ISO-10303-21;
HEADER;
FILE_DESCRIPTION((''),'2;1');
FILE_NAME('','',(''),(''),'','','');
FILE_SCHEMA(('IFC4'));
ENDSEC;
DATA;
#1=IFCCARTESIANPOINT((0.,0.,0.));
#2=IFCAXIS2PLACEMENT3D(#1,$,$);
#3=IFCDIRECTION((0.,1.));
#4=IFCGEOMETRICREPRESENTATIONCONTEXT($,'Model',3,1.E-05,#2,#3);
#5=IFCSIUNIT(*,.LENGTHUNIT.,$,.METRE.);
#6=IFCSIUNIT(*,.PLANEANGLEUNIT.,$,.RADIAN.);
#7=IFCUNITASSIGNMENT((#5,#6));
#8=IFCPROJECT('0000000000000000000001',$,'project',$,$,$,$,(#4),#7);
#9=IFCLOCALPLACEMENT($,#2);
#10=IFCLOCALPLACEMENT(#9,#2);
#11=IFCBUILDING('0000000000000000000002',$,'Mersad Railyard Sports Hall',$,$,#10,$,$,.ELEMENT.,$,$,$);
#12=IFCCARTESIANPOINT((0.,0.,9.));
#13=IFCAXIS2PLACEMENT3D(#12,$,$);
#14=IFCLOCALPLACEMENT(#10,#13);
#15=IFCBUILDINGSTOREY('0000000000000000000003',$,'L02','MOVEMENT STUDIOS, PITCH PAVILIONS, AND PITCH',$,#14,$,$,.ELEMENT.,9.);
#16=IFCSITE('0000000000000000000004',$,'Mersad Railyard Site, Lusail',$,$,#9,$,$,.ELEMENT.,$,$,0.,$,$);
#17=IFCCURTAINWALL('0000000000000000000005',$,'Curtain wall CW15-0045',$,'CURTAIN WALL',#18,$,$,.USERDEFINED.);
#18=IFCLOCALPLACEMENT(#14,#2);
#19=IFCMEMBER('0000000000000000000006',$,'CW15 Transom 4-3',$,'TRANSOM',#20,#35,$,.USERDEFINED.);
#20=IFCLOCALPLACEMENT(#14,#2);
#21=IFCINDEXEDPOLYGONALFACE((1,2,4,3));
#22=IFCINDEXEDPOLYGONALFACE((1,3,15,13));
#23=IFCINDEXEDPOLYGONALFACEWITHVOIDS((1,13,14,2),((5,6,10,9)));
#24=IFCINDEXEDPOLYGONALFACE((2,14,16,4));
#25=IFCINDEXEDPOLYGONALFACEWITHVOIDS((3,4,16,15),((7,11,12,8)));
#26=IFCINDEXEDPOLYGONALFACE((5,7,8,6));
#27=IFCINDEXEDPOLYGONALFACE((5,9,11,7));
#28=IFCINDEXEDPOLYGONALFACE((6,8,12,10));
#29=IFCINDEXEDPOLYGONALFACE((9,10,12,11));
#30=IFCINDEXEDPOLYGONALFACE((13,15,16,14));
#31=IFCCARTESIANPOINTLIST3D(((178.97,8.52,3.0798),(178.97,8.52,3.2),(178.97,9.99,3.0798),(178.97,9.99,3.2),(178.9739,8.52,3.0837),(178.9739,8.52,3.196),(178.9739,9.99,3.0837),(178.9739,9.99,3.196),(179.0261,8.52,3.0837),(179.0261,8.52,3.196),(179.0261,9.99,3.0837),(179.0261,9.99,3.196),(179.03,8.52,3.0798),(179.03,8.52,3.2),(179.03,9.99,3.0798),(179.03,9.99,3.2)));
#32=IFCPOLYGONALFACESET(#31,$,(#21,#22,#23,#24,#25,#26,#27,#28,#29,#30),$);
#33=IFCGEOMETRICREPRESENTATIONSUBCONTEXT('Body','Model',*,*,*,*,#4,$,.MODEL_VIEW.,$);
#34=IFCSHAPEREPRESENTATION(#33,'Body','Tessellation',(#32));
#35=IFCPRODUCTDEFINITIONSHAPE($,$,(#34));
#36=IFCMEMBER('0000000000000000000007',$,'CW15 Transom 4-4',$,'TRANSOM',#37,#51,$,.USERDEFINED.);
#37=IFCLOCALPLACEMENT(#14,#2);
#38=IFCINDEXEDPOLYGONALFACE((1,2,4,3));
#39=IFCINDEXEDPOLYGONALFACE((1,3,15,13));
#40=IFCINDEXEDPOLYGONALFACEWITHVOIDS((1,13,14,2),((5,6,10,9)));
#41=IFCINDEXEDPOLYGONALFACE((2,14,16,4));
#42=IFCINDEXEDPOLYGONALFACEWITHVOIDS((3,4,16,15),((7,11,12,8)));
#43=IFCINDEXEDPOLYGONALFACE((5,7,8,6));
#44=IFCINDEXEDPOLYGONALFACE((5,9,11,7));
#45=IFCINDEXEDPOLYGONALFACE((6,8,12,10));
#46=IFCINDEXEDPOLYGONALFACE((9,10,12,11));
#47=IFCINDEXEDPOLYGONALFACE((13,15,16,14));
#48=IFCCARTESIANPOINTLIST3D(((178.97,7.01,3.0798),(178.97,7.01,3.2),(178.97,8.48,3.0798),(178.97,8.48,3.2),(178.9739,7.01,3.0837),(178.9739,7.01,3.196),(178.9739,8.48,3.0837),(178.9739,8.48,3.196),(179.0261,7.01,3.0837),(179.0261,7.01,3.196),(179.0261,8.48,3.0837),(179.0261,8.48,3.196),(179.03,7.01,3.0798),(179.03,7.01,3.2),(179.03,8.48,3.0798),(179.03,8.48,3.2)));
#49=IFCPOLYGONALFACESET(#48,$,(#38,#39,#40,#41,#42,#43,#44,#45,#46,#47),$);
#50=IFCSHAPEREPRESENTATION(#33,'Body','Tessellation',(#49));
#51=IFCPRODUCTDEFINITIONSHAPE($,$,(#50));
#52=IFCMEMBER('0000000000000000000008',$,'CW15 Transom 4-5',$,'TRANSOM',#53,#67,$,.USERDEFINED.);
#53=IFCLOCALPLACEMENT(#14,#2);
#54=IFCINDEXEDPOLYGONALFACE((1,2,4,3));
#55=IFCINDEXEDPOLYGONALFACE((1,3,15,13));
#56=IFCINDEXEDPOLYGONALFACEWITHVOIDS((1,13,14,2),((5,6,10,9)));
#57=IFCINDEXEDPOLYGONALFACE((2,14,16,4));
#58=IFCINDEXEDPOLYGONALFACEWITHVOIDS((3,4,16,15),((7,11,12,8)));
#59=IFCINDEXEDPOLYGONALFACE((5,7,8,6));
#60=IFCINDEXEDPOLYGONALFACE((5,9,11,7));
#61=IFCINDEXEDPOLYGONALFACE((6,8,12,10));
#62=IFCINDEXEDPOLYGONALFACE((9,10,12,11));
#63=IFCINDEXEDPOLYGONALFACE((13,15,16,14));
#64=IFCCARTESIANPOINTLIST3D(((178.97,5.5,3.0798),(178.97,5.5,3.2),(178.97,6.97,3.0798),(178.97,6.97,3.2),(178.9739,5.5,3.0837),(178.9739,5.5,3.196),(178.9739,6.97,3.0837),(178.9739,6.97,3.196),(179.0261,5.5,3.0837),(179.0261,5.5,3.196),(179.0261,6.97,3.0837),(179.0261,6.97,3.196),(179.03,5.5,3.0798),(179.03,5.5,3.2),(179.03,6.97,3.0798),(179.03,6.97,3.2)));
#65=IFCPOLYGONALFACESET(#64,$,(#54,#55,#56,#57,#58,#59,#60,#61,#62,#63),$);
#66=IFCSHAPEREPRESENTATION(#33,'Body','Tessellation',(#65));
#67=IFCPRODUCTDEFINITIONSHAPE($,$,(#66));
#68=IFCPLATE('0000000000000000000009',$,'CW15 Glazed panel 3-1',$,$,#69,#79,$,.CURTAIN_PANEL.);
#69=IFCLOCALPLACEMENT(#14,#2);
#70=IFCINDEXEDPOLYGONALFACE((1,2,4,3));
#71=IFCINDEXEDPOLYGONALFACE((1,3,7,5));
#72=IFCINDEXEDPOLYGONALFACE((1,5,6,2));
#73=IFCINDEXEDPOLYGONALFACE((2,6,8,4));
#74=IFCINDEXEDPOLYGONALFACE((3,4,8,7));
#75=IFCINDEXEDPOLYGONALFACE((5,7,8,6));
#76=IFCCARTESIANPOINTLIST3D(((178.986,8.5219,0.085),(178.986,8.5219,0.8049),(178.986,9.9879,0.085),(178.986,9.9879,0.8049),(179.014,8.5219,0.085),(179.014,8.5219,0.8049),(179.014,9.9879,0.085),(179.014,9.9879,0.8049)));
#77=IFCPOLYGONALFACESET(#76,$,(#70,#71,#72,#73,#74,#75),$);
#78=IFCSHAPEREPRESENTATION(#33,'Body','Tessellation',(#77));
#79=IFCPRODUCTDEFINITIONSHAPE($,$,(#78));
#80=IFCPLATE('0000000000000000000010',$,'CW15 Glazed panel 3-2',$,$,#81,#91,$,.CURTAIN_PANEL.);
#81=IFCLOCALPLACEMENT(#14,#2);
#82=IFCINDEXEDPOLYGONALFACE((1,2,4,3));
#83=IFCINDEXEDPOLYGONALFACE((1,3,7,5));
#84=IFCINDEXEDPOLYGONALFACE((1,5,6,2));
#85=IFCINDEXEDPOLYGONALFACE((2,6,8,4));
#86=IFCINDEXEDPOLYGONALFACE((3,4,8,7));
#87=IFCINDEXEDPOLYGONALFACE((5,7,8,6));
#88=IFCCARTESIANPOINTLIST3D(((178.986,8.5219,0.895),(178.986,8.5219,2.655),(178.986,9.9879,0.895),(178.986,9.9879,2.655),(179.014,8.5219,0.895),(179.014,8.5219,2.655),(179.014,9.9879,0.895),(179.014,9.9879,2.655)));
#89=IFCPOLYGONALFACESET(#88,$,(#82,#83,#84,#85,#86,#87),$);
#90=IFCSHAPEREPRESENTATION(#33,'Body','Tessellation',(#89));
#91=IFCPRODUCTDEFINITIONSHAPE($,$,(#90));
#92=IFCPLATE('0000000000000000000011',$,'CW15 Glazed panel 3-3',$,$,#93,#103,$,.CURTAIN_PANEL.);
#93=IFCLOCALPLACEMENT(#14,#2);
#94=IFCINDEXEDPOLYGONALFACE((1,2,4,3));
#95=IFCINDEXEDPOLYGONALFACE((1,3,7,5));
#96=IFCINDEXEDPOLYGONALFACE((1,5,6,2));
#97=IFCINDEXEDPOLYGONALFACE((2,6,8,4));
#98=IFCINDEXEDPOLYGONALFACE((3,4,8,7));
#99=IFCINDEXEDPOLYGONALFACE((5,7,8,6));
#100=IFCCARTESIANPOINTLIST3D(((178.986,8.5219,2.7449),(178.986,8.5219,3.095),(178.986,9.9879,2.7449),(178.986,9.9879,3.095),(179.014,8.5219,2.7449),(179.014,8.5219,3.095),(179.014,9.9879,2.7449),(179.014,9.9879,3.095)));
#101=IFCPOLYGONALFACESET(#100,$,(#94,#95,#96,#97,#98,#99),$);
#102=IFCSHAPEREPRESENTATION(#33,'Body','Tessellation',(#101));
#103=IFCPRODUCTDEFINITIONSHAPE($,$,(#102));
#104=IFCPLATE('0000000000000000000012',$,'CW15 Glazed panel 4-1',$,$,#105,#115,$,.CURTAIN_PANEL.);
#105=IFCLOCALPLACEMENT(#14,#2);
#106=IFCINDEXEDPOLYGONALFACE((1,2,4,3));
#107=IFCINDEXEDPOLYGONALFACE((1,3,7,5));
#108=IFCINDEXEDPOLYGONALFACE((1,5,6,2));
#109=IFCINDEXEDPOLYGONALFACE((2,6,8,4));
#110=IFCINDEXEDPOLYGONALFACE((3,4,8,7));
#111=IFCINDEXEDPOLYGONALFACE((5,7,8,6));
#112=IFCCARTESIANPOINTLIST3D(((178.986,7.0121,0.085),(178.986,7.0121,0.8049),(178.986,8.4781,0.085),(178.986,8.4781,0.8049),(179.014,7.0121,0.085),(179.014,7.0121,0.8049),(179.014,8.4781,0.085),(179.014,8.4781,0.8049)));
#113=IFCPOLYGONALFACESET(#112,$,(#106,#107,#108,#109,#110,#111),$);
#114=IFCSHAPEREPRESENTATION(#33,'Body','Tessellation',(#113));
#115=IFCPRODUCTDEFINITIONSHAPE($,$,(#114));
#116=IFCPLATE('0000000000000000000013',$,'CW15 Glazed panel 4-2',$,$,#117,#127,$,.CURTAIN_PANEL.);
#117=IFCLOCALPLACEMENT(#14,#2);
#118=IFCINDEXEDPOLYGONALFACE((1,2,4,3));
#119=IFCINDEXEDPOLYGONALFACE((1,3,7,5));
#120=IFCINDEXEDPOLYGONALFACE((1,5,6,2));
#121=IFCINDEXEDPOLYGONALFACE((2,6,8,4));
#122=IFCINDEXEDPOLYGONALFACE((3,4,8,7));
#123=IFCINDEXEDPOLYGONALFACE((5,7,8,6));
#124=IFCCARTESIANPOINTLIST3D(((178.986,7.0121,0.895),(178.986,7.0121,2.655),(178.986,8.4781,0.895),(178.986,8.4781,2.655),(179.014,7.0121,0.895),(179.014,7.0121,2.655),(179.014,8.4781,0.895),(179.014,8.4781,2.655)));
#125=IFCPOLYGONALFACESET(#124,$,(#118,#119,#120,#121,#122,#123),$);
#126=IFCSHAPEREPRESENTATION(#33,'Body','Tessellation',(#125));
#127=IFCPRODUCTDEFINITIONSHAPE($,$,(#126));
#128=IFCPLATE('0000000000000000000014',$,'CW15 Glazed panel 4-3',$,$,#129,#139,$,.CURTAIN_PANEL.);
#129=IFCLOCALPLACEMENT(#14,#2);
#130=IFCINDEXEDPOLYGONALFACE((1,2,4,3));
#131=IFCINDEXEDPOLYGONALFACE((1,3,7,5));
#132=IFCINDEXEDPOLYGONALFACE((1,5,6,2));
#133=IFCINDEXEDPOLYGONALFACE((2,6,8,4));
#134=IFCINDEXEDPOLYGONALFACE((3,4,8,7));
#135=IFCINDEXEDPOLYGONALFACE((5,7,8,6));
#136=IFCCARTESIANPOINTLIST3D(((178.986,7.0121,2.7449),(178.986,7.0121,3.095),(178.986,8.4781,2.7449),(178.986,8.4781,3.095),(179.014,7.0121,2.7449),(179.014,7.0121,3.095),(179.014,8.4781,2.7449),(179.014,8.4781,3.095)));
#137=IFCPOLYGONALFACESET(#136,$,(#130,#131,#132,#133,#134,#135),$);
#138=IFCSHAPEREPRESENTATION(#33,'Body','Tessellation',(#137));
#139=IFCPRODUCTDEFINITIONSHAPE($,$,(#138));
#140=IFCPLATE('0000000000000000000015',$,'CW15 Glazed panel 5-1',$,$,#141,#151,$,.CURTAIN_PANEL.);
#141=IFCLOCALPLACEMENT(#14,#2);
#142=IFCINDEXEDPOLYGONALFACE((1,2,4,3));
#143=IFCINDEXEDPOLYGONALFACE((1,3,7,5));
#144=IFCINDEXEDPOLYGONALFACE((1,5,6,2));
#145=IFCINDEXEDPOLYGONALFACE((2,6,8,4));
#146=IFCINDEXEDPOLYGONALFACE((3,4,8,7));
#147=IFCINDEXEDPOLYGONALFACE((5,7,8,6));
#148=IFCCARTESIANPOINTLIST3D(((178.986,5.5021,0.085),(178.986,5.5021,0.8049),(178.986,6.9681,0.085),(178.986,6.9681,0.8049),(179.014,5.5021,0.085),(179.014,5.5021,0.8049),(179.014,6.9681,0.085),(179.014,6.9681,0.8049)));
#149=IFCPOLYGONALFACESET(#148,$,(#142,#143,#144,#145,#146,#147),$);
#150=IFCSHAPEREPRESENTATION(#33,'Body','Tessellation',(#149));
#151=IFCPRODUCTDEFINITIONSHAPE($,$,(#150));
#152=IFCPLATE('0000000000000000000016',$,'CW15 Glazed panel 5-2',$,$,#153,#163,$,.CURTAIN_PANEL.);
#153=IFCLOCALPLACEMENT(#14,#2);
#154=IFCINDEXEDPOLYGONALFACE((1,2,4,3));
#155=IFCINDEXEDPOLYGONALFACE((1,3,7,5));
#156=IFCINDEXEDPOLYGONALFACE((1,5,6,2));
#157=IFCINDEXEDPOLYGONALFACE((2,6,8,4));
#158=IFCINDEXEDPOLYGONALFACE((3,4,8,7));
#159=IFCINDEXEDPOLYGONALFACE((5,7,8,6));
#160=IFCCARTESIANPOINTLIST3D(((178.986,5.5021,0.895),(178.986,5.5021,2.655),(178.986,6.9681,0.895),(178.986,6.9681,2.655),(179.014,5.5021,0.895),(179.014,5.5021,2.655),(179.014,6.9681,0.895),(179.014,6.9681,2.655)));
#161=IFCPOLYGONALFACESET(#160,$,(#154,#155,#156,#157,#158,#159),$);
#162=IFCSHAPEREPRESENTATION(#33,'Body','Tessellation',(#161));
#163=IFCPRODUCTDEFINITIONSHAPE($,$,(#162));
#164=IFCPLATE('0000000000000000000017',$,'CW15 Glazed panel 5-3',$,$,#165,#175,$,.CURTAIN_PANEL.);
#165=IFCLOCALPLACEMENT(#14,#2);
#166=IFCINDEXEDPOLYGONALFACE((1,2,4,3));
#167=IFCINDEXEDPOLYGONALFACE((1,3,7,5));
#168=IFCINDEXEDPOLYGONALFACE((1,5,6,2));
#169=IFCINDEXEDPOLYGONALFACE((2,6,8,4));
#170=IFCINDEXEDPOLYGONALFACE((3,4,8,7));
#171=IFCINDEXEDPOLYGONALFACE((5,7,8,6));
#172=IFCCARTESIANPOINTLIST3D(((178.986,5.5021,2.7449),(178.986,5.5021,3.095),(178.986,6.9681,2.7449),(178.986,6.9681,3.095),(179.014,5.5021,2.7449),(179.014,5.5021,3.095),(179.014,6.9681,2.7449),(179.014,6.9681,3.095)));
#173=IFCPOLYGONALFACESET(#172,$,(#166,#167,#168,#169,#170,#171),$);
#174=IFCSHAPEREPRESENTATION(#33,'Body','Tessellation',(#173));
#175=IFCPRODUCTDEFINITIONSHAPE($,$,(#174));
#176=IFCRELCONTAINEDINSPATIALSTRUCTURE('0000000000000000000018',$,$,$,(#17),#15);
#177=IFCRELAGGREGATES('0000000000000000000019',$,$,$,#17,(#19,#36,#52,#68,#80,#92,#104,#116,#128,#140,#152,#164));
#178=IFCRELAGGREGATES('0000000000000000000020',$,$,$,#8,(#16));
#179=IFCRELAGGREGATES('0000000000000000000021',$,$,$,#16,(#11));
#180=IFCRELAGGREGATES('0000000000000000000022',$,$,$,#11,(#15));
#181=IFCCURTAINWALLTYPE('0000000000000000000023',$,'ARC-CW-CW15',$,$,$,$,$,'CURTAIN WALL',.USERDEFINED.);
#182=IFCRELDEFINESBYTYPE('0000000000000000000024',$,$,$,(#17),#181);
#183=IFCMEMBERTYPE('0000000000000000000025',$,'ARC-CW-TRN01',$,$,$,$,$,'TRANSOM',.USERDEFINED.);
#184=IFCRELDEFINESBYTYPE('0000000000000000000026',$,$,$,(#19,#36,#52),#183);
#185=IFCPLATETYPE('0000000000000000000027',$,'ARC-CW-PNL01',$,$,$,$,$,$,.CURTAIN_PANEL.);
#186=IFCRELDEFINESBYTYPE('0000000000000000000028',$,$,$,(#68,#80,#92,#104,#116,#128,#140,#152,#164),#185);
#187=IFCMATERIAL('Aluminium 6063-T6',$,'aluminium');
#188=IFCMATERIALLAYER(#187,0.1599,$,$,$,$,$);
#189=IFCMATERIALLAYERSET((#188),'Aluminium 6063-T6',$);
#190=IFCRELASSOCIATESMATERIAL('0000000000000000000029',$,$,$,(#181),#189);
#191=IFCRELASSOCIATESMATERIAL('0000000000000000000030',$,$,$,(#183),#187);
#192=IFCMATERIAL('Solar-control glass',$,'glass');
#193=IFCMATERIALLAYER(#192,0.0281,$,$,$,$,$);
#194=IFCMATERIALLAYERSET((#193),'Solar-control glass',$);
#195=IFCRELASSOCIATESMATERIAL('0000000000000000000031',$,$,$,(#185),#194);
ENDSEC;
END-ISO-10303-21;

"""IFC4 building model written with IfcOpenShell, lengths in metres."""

from ifc_helpers import new_model, si_unit, direction, frame, origin, origin_2d, place, context, subcontext, project, spatial, rectangle, hollow_rectangle, extrude, material, layer, layer_set, material_profile, profile_set, type_object, element, aggregate, save


model = new_model("IFC4")

# Units and contexts
model_context = context("Model", 3, precision=1e-05, world=origin(), true_north=direction((0.0, 1.0)))
body_context = subcontext(model_context, "Body", "Model", "MODEL_VIEW")
ifc_project = project(units=[si_unit("LENGTHUNIT", "METRE"), si_unit("PLANEANGLEUNIT", "RADIAN")], contexts=[model_context])

# Site, building, storey
site_placement = place(None, origin())
site = spatial("IfcSite", under=ifc_project, at=site_placement, Name="Mersad Railyard Site, Lusail", CompositionType="ELEMENT", RefElevation=0.0)
building_placement = place(site_placement, origin())
building = spatial("IfcBuilding", under=site, at=building_placement, Name="Mersad Railyard Sports Hall", CompositionType="ELEMENT")
storey_placement = place(building_placement, frame((0.0, 0.0, 9.0)))
storey = spatial("IfcBuildingStorey", under=building, at=storey_placement, Name="L02", Description="MOVEMENT STUDIOS, PITCH PAVILIONS, AND PITCH", CompositionType="ELEMENT", Elevation=9.0)

# Curtain wall, members, plates
ifc_material_1 = material(Name="Aluminium 6063-T6", Category="aluminium")
ifc_layer_1 = layer(ifc_material_1, 0.1599)
ifc_layer_set_1 = layer_set([ifc_layer_1], Name="Aluminium 6063-T6")
curtain_wall_type = type_object("IfcCurtainWallType", Name="ARC-CW-CW15", ElementType="CURTAIN WALL", PredefinedType="USERDEFINED", material=ifc_layer_set_1)
curtain_wall_placement = place(storey_placement, origin())
curtain_wall = element("IfcCurtainWall", 1, at=curtain_wall_placement, inside=storey, type_object=curtain_wall_type, Name="Curtain wall CW15-0045", ObjectType="CURTAIN WALL", PredefinedType="USERDEFINED")
ifc_material_profile_1 = material_profile(ifc_material_1, hollow_rectangle(XDim=0.0601, YDim=0.1201, WallThickness=0.0039, at=origin_2d()), Name="AL TRANSOM 60x120x4")
ifc_profile_set_1 = profile_set([ifc_material_profile_1], Name="Aluminium 6063-T6")
member_type_1 = type_object("IfcMemberType", Name="ARC-CW-TRN01", ElementType="TRANSOM", PredefinedType="USERDEFINED", material=ifc_profile_set_1)
member_1_placement = place(storey_placement, frame((179.0, 9.99, 3.1399), z_axis=(0.0, -1.0, 0.0), x_axis=(1.0, 0.0, 0.0)))
member_1 = element("IfcMember", 2, at=member_1_placement, type_object=member_type_1, Name="CW15 Transom 4-3", ObjectType="TRANSOM", PredefinedType="USERDEFINED", context=body_context, shape_type="SweptSolid", body=[
    extrude(hollow_rectangle(XDim=0.0601, YDim=0.1201, WallThickness=0.0039, at=origin_2d()), origin(), (0.0, 0.0, 1.0), 1.47),
])
member_2_placement = place(storey_placement, frame((179.0, 8.48, 3.1399), z_axis=(0.0, -1.0, 0.0), x_axis=(1.0, 0.0, 0.0)))
member_2 = element("IfcMember", 3, at=member_2_placement, type_object=member_type_1, Name="CW15 Transom 4-4", ObjectType="TRANSOM", PredefinedType="USERDEFINED", context=body_context, shape_type="SweptSolid", body=[
    extrude(hollow_rectangle(XDim=0.0601, YDim=0.1201, WallThickness=0.0039, at=origin_2d()), origin(), (0.0, 0.0, 1.0), 1.47),
])
member_3_placement = place(storey_placement, frame((179.0, 6.97, 3.1399), z_axis=(0.0, -1.0, 0.0), x_axis=(1.0, 0.0, 0.0)))
member_3 = element("IfcMember", 4, at=member_3_placement, type_object=member_type_1, Name="CW15 Transom 4-5", ObjectType="TRANSOM", PredefinedType="USERDEFINED", context=body_context, shape_type="SweptSolid", body=[
    extrude(hollow_rectangle(XDim=0.0601, YDim=0.1201, WallThickness=0.0039, at=origin_2d()), origin(), (0.0, 0.0, 1.0), 1.47),
])
ifc_material_2 = material(Name="Solar-control glass", Category="glass")
ifc_layer_2 = layer(ifc_material_2, 0.0281)
ifc_layer_set_2 = layer_set([ifc_layer_2], Name="Solar-control glass")
plate_type = type_object("IfcPlateType", Name="ARC-CW-PNL01", PredefinedType="CURTAIN_PANEL", material=ifc_layer_set_2)
plate_1_placement = place(storey_placement, frame((179.0, 9.2549, 0.085), z_axis=(0.0, 0.0, 1.0), x_axis=(0.0, -1.0, 0.0)))
plate_1 = element("IfcPlate", 5, at=plate_1_placement, type_object=plate_type, Name="CW15 Glazed panel 3-1", PredefinedType="CURTAIN_PANEL", context=body_context, shape_type="SweptSolid", body=[
    extrude(rectangle(XDim=1.4661, YDim=0.0281, at=origin_2d()), origin(), (0.0, 0.0, 1.0), 0.72),
])
plate_2_placement = place(storey_placement, frame((179.0, 9.2549, 0.895), z_axis=(0.0, 0.0, 1.0), x_axis=(0.0, -1.0, 0.0)))
plate_2 = element("IfcPlate", 6, at=plate_2_placement, type_object=plate_type, Name="CW15 Glazed panel 3-2", PredefinedType="CURTAIN_PANEL", context=body_context, shape_type="SweptSolid", body=[
    extrude(rectangle(XDim=1.4661, YDim=0.0281, at=origin_2d()), origin(), (0.0, 0.0, 1.0), 1.76),
])
plate_3_placement = place(storey_placement, frame((179.0, 9.2549, 2.7449), z_axis=(0.0, 0.0, 1.0), x_axis=(0.0, -1.0, 0.0)))
plate_3 = element("IfcPlate", 7, at=plate_3_placement, type_object=plate_type, Name="CW15 Glazed panel 3-3", PredefinedType="CURTAIN_PANEL", context=body_context, shape_type="SweptSolid", body=[
    extrude(rectangle(XDim=1.4661, YDim=0.0281, at=origin_2d()), origin(), (0.0, 0.0, 1.0), 0.3501),
])
plate_4_placement = place(storey_placement, frame((179.0, 7.7451, 0.085), z_axis=(0.0, 0.0, 1.0), x_axis=(0.0, -1.0, 0.0)))
plate_4 = element("IfcPlate", 8, at=plate_4_placement, type_object=plate_type, Name="CW15 Glazed panel 4-1", PredefinedType="CURTAIN_PANEL", context=body_context, shape_type="SweptSolid", body=[
    extrude(rectangle(XDim=1.4661, YDim=0.0281, at=origin_2d()), origin(), (0.0, 0.0, 1.0), 0.72),
])
plate_5_placement = place(storey_placement, frame((179.0, 7.7451, 0.895), z_axis=(0.0, 0.0, 1.0), x_axis=(0.0, -1.0, 0.0)))
plate_5 = element("IfcPlate", 9, at=plate_5_placement, type_object=plate_type, Name="CW15 Glazed panel 4-2", PredefinedType="CURTAIN_PANEL", context=body_context, shape_type="SweptSolid", body=[
    extrude(rectangle(XDim=1.4661, YDim=0.0281, at=origin_2d()), origin(), (0.0, 0.0, 1.0), 1.76),
])
plate_6_placement = place(storey_placement, frame((179.0, 7.7451, 2.7449), z_axis=(0.0, 0.0, 1.0), x_axis=(0.0, -1.0, 0.0)))
plate_6 = element("IfcPlate", 10, at=plate_6_placement, type_object=plate_type, Name="CW15 Glazed panel 4-3", PredefinedType="CURTAIN_PANEL", context=body_context, shape_type="SweptSolid", body=[
    extrude(rectangle(XDim=1.4661, YDim=0.0281, at=origin_2d()), origin(), (0.0, 0.0, 1.0), 0.3501),
])
plate_7_placement = place(storey_placement, frame((179.0, 6.2351, 0.085), z_axis=(0.0, 0.0, 1.0), x_axis=(0.0, -1.0, 0.0)))
plate_7 = element("IfcPlate", 11, at=plate_7_placement, type_object=plate_type, Name="CW15 Glazed panel 5-1", PredefinedType="CURTAIN_PANEL", context=body_context, shape_type="SweptSolid", body=[
    extrude(rectangle(XDim=1.4661, YDim=0.0281, at=origin_2d()), origin(), (0.0, 0.0, 1.0), 0.72),
])
plate_8_placement = place(storey_placement, frame((179.0, 6.2351, 0.895), z_axis=(0.0, 0.0, 1.0), x_axis=(0.0, -1.0, 0.0)))
plate_8 = element("IfcPlate", 12, at=plate_8_placement, type_object=plate_type, Name="CW15 Glazed panel 5-2", PredefinedType="CURTAIN_PANEL", context=body_context, shape_type="SweptSolid", body=[
    extrude(rectangle(XDim=1.4661, YDim=0.0281, at=origin_2d()), origin(), (0.0, 0.0, 1.0), 1.76),
])
plate_9_placement = place(storey_placement, frame((179.0, 6.2351, 2.7449), z_axis=(0.0, 0.0, 1.0), x_axis=(0.0, -1.0, 0.0)))
plate_9 = element("IfcPlate", 13, at=plate_9_placement, type_object=plate_type, Name="CW15 Glazed panel 5-3", PredefinedType="CURTAIN_PANEL", context=body_context, shape_type="SweptSolid", body=[
    extrude(rectangle(XDim=1.4661, YDim=0.0281, at=origin_2d()), origin(), (0.0, 0.0, 1.0), 0.3501),
])
aggregate(curtain_wall, [member_1, member_2, member_3, plate_1, plate_2, plate_3, plate_4, plate_5, plate_6, plate_7, plate_8, plate_9])

save(model, "model.ifc")
